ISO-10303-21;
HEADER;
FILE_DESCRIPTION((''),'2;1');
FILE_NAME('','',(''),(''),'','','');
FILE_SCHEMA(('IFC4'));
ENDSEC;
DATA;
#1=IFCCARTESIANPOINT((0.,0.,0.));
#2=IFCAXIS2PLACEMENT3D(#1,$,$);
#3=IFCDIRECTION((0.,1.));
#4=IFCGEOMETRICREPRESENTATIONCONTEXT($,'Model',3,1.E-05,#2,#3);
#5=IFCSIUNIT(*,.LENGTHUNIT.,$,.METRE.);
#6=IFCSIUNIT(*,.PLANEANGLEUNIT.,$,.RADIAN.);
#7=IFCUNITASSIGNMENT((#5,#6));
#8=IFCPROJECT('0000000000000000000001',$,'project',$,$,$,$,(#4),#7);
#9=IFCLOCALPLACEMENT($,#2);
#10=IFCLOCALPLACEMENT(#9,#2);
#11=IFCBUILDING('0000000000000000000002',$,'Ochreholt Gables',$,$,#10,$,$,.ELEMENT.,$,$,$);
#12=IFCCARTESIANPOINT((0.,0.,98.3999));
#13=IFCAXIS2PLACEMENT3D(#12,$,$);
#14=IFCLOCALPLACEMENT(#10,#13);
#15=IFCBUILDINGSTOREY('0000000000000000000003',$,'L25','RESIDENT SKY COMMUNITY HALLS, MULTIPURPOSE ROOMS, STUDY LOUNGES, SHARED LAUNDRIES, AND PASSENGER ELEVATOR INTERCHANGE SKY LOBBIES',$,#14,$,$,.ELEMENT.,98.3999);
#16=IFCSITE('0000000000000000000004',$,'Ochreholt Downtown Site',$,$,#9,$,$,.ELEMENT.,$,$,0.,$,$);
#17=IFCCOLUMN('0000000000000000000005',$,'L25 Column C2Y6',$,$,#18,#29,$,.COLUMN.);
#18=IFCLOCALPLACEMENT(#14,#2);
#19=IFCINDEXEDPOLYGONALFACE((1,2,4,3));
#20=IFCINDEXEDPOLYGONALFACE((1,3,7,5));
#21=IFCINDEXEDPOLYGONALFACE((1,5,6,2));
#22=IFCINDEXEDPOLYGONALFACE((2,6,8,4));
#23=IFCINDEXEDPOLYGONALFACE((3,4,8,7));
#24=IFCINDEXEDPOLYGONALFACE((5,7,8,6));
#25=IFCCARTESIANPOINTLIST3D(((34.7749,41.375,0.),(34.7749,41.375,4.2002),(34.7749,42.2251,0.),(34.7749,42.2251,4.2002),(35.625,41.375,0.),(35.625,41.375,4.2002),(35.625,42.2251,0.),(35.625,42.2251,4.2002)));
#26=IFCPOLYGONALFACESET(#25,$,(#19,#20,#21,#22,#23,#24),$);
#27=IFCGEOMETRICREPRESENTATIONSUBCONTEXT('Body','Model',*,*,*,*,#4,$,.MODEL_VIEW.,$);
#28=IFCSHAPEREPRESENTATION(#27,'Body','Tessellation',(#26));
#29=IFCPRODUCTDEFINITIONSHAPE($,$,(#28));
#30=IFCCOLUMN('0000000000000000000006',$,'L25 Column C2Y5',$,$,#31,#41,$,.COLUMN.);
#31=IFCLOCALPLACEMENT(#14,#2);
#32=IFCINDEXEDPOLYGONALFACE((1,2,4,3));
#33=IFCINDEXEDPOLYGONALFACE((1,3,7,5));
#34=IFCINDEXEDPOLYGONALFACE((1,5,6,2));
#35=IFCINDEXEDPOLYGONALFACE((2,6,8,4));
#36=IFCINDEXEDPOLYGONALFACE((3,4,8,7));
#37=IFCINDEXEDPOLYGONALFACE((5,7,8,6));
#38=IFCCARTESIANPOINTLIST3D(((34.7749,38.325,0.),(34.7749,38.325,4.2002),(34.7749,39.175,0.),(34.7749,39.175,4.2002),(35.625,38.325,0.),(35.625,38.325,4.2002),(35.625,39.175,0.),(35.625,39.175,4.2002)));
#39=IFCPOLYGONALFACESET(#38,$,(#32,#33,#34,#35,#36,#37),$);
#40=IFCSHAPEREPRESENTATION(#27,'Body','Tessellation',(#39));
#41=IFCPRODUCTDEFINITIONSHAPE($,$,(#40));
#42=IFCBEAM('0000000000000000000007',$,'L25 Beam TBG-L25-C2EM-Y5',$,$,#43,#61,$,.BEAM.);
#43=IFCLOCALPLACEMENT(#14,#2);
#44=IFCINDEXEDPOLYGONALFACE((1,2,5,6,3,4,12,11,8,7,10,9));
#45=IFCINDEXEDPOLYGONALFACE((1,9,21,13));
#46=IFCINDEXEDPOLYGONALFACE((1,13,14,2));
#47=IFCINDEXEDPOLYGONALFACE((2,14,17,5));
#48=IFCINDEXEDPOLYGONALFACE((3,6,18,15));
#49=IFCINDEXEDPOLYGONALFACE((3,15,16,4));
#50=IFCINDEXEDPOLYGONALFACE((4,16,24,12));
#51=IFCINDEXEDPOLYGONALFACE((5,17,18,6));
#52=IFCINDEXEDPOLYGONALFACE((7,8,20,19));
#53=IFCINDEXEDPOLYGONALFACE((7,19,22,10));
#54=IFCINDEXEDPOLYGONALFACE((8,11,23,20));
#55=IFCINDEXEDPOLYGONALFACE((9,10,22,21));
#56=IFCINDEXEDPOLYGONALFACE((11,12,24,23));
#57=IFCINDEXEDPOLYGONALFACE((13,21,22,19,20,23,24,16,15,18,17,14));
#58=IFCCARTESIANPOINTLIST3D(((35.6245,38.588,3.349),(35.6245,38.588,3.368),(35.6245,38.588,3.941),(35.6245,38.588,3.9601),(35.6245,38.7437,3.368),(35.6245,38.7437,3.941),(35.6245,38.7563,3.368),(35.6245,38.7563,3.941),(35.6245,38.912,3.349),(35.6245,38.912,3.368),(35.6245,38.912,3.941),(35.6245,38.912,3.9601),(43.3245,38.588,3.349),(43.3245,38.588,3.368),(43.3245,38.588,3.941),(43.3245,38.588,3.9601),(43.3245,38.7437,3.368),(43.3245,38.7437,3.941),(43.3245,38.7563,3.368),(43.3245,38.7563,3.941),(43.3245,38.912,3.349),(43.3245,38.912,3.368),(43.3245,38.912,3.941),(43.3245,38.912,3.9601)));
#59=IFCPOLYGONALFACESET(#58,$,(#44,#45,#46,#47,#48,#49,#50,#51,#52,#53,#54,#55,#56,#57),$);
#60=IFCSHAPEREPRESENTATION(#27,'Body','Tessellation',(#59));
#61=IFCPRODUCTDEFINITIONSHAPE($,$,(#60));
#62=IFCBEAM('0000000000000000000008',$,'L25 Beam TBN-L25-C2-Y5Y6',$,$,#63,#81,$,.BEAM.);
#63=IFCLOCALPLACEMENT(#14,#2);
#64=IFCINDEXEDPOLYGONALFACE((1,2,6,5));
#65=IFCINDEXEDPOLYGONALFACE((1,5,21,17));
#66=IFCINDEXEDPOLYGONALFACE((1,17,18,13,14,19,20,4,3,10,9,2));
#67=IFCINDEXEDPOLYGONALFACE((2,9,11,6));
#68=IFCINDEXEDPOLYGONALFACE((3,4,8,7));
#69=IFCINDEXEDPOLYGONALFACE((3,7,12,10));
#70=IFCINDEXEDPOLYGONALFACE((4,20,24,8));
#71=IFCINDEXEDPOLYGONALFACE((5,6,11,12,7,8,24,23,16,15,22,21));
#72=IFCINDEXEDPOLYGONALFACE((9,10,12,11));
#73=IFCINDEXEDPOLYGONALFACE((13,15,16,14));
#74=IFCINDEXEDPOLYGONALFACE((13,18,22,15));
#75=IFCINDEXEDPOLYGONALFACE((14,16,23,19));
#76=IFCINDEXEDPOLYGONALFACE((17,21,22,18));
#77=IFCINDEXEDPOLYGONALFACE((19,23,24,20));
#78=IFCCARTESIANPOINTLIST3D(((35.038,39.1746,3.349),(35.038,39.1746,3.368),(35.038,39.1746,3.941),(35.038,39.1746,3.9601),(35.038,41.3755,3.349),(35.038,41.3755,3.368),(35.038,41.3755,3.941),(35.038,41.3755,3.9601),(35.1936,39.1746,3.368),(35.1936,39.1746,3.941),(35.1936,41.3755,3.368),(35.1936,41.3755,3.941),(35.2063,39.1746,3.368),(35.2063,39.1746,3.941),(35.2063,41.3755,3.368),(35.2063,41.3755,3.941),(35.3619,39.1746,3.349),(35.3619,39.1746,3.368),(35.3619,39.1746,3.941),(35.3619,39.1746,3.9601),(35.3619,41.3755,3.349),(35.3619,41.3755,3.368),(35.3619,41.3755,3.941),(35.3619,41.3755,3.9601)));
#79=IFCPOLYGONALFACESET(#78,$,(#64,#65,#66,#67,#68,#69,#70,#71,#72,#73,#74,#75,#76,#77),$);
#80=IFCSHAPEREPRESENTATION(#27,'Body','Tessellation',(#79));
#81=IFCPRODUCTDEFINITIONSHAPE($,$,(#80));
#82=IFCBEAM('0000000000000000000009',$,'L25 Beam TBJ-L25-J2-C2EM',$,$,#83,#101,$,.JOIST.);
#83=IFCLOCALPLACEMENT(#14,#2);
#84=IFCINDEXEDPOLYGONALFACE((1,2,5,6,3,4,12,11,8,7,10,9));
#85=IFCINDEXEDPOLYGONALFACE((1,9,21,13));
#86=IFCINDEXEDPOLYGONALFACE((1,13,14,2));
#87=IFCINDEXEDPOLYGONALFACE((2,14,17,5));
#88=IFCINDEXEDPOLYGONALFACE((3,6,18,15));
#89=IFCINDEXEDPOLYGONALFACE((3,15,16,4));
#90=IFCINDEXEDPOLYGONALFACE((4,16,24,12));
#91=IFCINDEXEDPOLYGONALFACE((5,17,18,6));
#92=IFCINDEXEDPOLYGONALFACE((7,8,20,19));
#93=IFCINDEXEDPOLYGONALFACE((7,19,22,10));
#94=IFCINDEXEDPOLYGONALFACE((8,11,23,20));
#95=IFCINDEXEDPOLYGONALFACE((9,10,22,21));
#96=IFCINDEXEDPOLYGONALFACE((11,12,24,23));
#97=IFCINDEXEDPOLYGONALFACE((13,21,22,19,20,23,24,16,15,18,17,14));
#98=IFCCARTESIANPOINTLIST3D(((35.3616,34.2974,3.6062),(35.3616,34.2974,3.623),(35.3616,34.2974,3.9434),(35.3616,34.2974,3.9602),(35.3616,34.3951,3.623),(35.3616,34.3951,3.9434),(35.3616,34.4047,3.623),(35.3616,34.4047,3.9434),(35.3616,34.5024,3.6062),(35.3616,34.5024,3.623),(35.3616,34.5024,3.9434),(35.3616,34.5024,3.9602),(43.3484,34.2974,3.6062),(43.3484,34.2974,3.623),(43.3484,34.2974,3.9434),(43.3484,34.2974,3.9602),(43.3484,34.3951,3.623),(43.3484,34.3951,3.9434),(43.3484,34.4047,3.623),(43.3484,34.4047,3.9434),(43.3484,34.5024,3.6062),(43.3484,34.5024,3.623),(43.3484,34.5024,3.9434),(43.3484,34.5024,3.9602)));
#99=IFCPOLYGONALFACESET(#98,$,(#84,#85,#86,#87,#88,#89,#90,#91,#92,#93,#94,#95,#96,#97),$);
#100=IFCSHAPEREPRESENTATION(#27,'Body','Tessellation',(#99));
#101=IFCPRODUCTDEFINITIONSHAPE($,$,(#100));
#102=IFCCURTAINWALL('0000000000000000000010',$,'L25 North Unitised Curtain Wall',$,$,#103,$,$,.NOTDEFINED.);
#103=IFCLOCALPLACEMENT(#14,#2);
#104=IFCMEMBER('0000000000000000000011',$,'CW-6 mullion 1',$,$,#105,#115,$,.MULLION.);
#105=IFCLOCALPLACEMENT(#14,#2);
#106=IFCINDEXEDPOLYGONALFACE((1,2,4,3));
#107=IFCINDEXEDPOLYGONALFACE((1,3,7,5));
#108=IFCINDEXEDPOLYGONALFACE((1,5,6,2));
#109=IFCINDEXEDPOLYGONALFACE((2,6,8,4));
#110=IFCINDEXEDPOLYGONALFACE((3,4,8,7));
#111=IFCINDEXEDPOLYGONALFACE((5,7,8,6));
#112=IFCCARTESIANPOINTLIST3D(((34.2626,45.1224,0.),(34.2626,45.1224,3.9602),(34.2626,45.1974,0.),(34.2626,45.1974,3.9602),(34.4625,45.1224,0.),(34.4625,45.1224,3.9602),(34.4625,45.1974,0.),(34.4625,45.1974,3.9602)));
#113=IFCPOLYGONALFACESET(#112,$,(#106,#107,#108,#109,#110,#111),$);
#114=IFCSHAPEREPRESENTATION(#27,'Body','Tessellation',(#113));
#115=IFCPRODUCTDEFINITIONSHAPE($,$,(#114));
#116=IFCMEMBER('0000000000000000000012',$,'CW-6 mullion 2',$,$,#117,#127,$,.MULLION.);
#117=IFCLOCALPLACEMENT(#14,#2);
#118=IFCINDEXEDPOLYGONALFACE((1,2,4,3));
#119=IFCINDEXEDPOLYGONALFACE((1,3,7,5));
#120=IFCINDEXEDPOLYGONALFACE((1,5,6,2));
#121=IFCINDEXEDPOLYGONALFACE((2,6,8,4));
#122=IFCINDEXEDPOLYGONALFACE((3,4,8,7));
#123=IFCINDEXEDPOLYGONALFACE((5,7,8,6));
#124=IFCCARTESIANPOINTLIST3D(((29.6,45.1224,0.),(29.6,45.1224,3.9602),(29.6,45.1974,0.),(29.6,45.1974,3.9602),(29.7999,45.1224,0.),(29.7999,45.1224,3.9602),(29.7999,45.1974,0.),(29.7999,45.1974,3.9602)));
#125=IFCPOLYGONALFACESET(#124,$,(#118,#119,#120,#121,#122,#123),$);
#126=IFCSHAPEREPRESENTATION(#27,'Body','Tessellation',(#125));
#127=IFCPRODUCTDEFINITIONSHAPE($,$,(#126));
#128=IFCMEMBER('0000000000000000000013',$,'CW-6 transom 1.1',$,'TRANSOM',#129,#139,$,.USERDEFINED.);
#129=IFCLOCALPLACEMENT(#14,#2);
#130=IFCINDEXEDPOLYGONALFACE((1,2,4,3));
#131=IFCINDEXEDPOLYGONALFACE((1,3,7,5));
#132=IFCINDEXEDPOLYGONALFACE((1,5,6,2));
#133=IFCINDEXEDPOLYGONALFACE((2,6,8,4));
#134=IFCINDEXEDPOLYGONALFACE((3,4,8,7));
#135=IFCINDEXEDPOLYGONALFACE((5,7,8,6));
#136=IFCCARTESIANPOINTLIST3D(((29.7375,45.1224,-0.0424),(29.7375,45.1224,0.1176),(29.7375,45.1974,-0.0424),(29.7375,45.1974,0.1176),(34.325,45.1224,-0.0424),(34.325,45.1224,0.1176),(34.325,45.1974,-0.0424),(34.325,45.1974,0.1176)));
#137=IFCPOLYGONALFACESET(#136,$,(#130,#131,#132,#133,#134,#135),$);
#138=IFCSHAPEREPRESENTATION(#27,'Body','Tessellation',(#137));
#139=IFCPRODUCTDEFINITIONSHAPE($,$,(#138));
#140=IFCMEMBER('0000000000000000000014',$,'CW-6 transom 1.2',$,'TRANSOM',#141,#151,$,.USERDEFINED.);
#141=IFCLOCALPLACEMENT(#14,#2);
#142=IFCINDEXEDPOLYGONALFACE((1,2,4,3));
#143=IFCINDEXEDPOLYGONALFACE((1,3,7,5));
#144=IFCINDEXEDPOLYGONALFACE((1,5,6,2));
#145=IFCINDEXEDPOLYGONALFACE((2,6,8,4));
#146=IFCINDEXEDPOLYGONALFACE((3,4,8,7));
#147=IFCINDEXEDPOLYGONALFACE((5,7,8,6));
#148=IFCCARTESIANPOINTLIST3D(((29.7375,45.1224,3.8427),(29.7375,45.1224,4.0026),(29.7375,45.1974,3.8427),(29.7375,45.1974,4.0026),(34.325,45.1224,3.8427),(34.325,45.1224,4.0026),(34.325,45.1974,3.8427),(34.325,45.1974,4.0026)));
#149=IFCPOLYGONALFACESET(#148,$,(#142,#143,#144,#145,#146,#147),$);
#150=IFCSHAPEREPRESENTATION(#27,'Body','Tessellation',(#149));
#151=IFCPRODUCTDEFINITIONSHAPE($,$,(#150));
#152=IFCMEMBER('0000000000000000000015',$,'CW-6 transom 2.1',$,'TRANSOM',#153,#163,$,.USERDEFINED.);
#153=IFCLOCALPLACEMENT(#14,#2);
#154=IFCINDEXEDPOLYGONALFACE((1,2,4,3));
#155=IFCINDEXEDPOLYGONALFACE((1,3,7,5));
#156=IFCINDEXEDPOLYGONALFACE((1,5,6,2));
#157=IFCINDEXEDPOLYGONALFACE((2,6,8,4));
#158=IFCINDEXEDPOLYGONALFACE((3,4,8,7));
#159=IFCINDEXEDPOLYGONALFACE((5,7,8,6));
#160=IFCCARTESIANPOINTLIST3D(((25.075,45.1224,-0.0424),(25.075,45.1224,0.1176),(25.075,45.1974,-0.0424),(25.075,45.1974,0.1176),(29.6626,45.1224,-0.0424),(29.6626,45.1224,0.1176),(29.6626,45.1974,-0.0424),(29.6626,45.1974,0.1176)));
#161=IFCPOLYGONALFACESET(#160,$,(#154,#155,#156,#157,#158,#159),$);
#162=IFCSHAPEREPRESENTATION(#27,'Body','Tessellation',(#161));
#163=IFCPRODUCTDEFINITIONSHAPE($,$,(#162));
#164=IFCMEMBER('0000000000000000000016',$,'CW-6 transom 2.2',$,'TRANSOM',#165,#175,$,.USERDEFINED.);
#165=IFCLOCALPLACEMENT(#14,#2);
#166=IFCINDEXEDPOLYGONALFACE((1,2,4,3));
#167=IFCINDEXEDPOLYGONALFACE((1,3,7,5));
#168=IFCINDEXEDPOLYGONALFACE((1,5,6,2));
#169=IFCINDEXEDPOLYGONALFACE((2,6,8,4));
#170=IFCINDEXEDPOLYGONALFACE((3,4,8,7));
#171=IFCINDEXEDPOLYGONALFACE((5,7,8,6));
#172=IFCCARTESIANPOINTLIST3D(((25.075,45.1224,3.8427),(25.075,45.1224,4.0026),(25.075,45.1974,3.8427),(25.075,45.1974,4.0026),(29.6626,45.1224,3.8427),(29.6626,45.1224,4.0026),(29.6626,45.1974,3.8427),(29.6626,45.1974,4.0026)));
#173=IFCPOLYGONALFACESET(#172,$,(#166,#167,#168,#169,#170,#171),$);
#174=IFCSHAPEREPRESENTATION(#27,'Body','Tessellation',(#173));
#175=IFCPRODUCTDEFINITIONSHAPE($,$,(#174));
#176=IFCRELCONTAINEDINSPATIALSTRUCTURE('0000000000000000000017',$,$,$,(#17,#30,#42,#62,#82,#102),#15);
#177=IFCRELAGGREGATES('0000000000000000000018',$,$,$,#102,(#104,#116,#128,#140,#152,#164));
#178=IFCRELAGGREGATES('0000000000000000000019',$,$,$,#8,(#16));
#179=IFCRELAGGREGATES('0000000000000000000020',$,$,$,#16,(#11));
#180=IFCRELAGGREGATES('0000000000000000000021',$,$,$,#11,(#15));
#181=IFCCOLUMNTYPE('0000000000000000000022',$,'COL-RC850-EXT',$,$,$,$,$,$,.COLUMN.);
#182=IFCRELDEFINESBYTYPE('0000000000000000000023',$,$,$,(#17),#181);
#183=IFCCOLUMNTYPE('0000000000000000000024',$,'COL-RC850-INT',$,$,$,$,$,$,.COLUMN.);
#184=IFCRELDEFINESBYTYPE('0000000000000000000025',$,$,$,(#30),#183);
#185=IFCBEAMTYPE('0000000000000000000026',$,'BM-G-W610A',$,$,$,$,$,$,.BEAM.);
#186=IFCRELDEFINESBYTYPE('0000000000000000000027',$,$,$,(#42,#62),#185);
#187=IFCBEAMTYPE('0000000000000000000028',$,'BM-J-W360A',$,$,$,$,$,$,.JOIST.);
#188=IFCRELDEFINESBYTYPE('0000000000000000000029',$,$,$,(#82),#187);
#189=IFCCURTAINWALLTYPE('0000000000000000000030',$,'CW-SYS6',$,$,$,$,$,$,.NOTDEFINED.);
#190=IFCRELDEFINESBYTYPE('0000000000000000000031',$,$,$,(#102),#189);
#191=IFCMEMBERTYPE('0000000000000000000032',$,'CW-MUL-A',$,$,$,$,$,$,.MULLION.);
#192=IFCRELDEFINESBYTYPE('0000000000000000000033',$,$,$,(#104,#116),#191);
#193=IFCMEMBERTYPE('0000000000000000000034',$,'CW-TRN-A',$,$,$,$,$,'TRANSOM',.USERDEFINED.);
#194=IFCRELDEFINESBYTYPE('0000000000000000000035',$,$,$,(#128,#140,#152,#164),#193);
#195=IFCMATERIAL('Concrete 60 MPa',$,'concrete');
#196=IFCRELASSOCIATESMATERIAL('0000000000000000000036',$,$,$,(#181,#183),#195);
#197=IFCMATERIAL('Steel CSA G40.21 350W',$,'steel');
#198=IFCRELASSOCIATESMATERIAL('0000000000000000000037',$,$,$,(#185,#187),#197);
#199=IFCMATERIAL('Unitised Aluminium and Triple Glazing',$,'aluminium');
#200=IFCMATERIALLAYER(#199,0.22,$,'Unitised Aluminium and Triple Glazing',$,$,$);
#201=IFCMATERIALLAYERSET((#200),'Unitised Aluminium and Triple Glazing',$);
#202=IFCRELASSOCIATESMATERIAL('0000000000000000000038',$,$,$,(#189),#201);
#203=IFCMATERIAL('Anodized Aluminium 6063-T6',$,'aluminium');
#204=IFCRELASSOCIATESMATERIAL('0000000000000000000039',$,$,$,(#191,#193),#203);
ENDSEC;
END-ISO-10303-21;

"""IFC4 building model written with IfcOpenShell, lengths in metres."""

from ifc_helpers import new_model, si_unit, direction, frame, origin, origin_2d, place, context, subcontext, project, spatial, rectangle, i_section, extrude, material, layer, layer_set, material_profile, profile_set, type_object, element, aggregate, save


model = new_model("IFC4")

# Units and contexts
model_context = context("Model", 3, precision=1e-05, world=origin(), true_north=direction((0.0, 1.0)))
body_context = subcontext(model_context, "Body", "Model", "MODEL_VIEW")
ifc_project = project(units=[si_unit("LENGTHUNIT", "METRE"), si_unit("PLANEANGLEUNIT", "RADIAN")], contexts=[model_context])

# Site, building, storey
site_placement = place(None, origin())
site = spatial("IfcSite", under=ifc_project, at=site_placement, Name="Ochreholt Downtown Site", CompositionType="ELEMENT", RefElevation=0.0)
building_placement = place(site_placement, origin())
building = spatial("IfcBuilding", under=site, at=building_placement, Name="Ochreholt Gables", CompositionType="ELEMENT")
storey_placement = place(building_placement, frame((0.0, 0.0, 98.3999)))
storey = spatial("IfcBuildingStorey", under=building, at=storey_placement, Name="L25", Description="RESIDENT SKY COMMUNITY HALLS, MULTIPURPOSE ROOMS, STUDY LOUNGES, SHARED LAUNDRIES, AND PASSENGER ELEVATOR INTERCHANGE SKY LOBBIES", CompositionType="ELEMENT", Elevation=98.3999)

# Columns
ifc_material_1 = material(Name="Concrete 60 MPa", Category="concrete")
ifc_material_profile_1 = material_profile(ifc_material_1, rectangle(XDim=0.8501, YDim=0.8501, at=origin_2d()), Name="RC850X850")
ifc_profile_set_1 = profile_set([ifc_material_profile_1], Name="Concrete 60 MPa")
column_type_1 = type_object("IfcColumnType", Name="COL-RC850-EXT", PredefinedType="COLUMN", material=ifc_profile_set_1)
column_1_placement = place(storey_placement, frame((35.2, 41.8, 0.0), z_axis=(0.0, 0.0, 1.0), x_axis=(1.0, 0.0, 0.0)))
element("IfcColumn", 1, at=column_1_placement, inside=storey, type_object=column_type_1, Name="L25 Column C2Y6", PredefinedType="COLUMN", context=body_context, shape_type="SweptSolid", body=[
    extrude(rectangle(XDim=0.8501, YDim=0.8501, at=origin_2d()), origin(), (0.0, 0.0, 1.0), 4.2002),
])
ifc_material_profile_2 = material_profile(ifc_material_1, rectangle(XDim=0.8501, YDim=0.8501, at=origin_2d()), Name="RC850X850")
ifc_profile_set_2 = profile_set([ifc_material_profile_2], Name="Concrete 60 MPa")
column_type_2 = type_object("IfcColumnType", Name="COL-RC850-INT", PredefinedType="COLUMN", material=ifc_profile_set_2)
column_2_placement = place(storey_placement, frame((35.2, 38.75, 0.0), z_axis=(0.0, 0.0, 1.0), x_axis=(1.0, 0.0, 0.0)))
element("IfcColumn", 2, at=column_2_placement, inside=storey, type_object=column_type_2, Name="L25 Column C2Y5", PredefinedType="COLUMN", context=body_context, shape_type="SweptSolid", body=[
    extrude(rectangle(XDim=0.8501, YDim=0.8501, at=origin_2d()), origin(), (0.0, 0.0, 1.0), 4.2002),
])

# Beams
ifc_material_2 = material(Name="Steel CSA G40.21 350W", Category="steel")
ifc_material_profile_3 = material_profile(ifc_material_2, i_section(OverallWidth=0.324, OverallDepth=0.6111, WebThickness=0.0127, FlangeThickness=0.019, at=origin_2d()), Name="W610X155")
ifc_profile_set_3 = profile_set([ifc_material_profile_3], Name="Steel CSA G40.21 350W")
beam_type_1 = type_object("IfcBeamType", Name="BM-G-W610A", PredefinedType="BEAM", material=ifc_profile_set_3)
beam_1_placement = place(storey_placement, frame((35.6245, 38.75, 3.6545), z_axis=(1.0, 0.0, 0.0), x_axis=(0.0, 1.0, 0.0)))
element("IfcBeam", 3, at=beam_1_placement, inside=storey, type_object=beam_type_1, Name="L25 Beam TBG-L25-C2EM-Y5", PredefinedType="BEAM", context=body_context, shape_type="SweptSolid", body=[
    extrude(i_section(OverallWidth=0.324, OverallDepth=0.6111, WebThickness=0.0127, FlangeThickness=0.019, at=origin_2d()), origin(), (0.0, 0.0, 1.0), 7.7),
])
beam_2_placement = place(storey_placement, frame((35.2, 39.1746, 3.6545), z_axis=(0.0, 1.0, 0.0), x_axis=(-1.0, 0.0, 0.0)))
element("IfcBeam", 4, at=beam_2_placement, inside=storey, type_object=beam_type_1, Name="L25 Beam TBN-L25-C2-Y5Y6", PredefinedType="BEAM", context=body_context, shape_type="SweptSolid", body=[
    extrude(i_section(OverallWidth=0.324, OverallDepth=0.6111, WebThickness=0.0127, FlangeThickness=0.019, at=origin_2d()), origin(), (0.0, 0.0, 1.0), 2.2009),
])
ifc_material_profile_4 = material_profile(ifc_material_2, i_section(OverallWidth=0.2051, OverallDepth=0.354, WebThickness=0.0095, FlangeThickness=0.0168, at=origin_2d()), Name="W360X79")
ifc_profile_set_4 = profile_set([ifc_material_profile_4], Name="Steel CSA G40.21 350W")
beam_type_2 = type_object("IfcBeamType", Name="BM-J-W360A", PredefinedType="JOIST", material=ifc_profile_set_4)
beam_3_placement = place(storey_placement, frame((35.3616, 34.3999, 3.7832), z_axis=(1.0, 0.0, 0.0), x_axis=(0.0, 1.0, 0.0)))
element("IfcBeam", 5, at=beam_3_placement, inside=storey, type_object=beam_type_2, Name="L25 Beam TBJ-L25-J2-C2EM", PredefinedType="JOIST", context=body_context, shape_type="SweptSolid", body=[
    extrude(i_section(OverallWidth=0.2051, OverallDepth=0.354, WebThickness=0.0095, FlangeThickness=0.0168, at=origin_2d()), origin(), (0.0, 0.0, 1.0), 7.9868),
])

# Curtain wall, members
ifc_material_3 = material(Name="Unitised Aluminium and Triple Glazing", Category="aluminium")
ifc_layer_1 = layer(ifc_material_3, 0.22, Name="Unitised Aluminium and Triple Glazing")
ifc_layer_set_1 = layer_set([ifc_layer_1], Name="Unitised Aluminium and Triple Glazing")
curtain_wall_type = type_object("IfcCurtainWallType", Name="CW-SYS6", PredefinedType="NOTDEFINED", material=ifc_layer_set_1)
curtain_wall_placement = place(storey_placement, origin())
curtain_wall = element("IfcCurtainWall", 6, at=curtain_wall_placement, inside=storey, type_object=curtain_wall_type, Name="L25 North Unitised Curtain Wall", PredefinedType="NOTDEFINED")
ifc_material_4 = material(Name="Anodized Aluminium 6063-T6", Category="aluminium")
ifc_material_profile_5 = material_profile(ifc_material_4, rectangle(XDim=0.075, YDim=0.2, at=origin_2d()), Name="CWM75X200")
ifc_profile_set_5 = profile_set([ifc_material_profile_5], Name="Anodized Aluminium 6063-T6")
member_type_1 = type_object("IfcMemberType", Name="CW-MUL-A", PredefinedType="MULLION", material=ifc_profile_set_5)
member_1_placement = place(storey_placement, frame((34.3625, 45.1599, 0.0), z_axis=(0.0, 0.0, 1.0), x_axis=(0.0, -1.0, 0.0)))
member_1 = element("IfcMember", 7, at=member_1_placement, type_object=member_type_1, Name="CW-6 mullion 1", PredefinedType="MULLION", context=body_context, shape_type="SweptSolid", body=[
    extrude(rectangle(XDim=0.075, YDim=0.2, at=origin_2d()), origin(), (0.0, 0.0, 1.0), 3.9602),
])
member_2_placement = place(storey_placement, frame((29.7, 45.1599, 0.0), z_axis=(0.0, 0.0, 1.0), x_axis=(0.0, -1.0, 0.0)))
member_2 = element("IfcMember", 8, at=member_2_placement, type_object=member_type_1, Name="CW-6 mullion 2", PredefinedType="MULLION", context=body_context, shape_type="SweptSolid", body=[
    extrude(rectangle(XDim=0.075, YDim=0.2, at=origin_2d()), origin(), (0.0, 0.0, 1.0), 3.9602),
])
ifc_material_profile_6 = material_profile(ifc_material_4, rectangle(XDim=0.075, YDim=0.1599, at=origin_2d()), Name="CWT75X160")
ifc_profile_set_6 = profile_set([ifc_material_profile_6], Name="Anodized Aluminium 6063-T6")
member_type_2 = type_object("IfcMemberType", Name="CW-TRN-A", ElementType="TRANSOM", PredefinedType="USERDEFINED", material=ifc_profile_set_6)
member_3_placement = place(storey_placement, frame((34.325, 45.1599, 0.0376), z_axis=(-1.0, 0.0, 0.0), x_axis=(0.0, -1.0, 0.0)))
member_3 = element("IfcMember", 9, at=member_3_placement, type_object=member_type_2, Name="CW-6 transom 1.1", ObjectType="TRANSOM", PredefinedType="USERDEFINED", context=body_context, shape_type="SweptSolid", body=[
    extrude(rectangle(XDim=0.075, YDim=0.1599, at=origin_2d()), origin(), (0.0, 0.0, 1.0), 4.5874),
])
member_4_placement = place(storey_placement, frame((34.325, 45.1599, 3.9226), z_axis=(-1.0, 0.0, 0.0), x_axis=(0.0, -1.0, 0.0)))
member_4 = element("IfcMember", 10, at=member_4_placement, type_object=member_type_2, Name="CW-6 transom 1.2", ObjectType="TRANSOM", PredefinedType="USERDEFINED", context=body_context, shape_type="SweptSolid", body=[
    extrude(rectangle(XDim=0.075, YDim=0.1599, at=origin_2d()), origin(), (0.0, 0.0, 1.0), 4.5874),
])
member_5_placement = place(storey_placement, frame((29.6626, 45.1599, 0.0376), z_axis=(-1.0, 0.0, 0.0), x_axis=(0.0, -1.0, 0.0)))
member_5 = element("IfcMember", 11, at=member_5_placement, type_object=member_type_2, Name="CW-6 transom 2.1", ObjectType="TRANSOM", PredefinedType="USERDEFINED", context=body_context, shape_type="SweptSolid", body=[
    extrude(rectangle(XDim=0.075, YDim=0.1599, at=origin_2d()), origin(), (0.0, 0.0, 1.0), 4.5876),
])
member_6_placement = place(storey_placement, frame((29.6626, 45.1599, 3.9226), z_axis=(-1.0, 0.0, 0.0), x_axis=(0.0, -1.0, 0.0)))
member_6 = element("IfcMember", 12, at=member_6_placement, type_object=member_type_2, Name="CW-6 transom 2.2", ObjectType="TRANSOM", PredefinedType="USERDEFINED", context=body_context, shape_type="SweptSolid", body=[
    extrude(rectangle(XDim=0.075, YDim=0.1599, at=origin_2d()), origin(), (0.0, 0.0, 1.0), 4.5876),
])
aggregate(curtain_wall, [member_1, member_2, member_3, member_4, member_5, member_6])

save(model, "model.ifc")
